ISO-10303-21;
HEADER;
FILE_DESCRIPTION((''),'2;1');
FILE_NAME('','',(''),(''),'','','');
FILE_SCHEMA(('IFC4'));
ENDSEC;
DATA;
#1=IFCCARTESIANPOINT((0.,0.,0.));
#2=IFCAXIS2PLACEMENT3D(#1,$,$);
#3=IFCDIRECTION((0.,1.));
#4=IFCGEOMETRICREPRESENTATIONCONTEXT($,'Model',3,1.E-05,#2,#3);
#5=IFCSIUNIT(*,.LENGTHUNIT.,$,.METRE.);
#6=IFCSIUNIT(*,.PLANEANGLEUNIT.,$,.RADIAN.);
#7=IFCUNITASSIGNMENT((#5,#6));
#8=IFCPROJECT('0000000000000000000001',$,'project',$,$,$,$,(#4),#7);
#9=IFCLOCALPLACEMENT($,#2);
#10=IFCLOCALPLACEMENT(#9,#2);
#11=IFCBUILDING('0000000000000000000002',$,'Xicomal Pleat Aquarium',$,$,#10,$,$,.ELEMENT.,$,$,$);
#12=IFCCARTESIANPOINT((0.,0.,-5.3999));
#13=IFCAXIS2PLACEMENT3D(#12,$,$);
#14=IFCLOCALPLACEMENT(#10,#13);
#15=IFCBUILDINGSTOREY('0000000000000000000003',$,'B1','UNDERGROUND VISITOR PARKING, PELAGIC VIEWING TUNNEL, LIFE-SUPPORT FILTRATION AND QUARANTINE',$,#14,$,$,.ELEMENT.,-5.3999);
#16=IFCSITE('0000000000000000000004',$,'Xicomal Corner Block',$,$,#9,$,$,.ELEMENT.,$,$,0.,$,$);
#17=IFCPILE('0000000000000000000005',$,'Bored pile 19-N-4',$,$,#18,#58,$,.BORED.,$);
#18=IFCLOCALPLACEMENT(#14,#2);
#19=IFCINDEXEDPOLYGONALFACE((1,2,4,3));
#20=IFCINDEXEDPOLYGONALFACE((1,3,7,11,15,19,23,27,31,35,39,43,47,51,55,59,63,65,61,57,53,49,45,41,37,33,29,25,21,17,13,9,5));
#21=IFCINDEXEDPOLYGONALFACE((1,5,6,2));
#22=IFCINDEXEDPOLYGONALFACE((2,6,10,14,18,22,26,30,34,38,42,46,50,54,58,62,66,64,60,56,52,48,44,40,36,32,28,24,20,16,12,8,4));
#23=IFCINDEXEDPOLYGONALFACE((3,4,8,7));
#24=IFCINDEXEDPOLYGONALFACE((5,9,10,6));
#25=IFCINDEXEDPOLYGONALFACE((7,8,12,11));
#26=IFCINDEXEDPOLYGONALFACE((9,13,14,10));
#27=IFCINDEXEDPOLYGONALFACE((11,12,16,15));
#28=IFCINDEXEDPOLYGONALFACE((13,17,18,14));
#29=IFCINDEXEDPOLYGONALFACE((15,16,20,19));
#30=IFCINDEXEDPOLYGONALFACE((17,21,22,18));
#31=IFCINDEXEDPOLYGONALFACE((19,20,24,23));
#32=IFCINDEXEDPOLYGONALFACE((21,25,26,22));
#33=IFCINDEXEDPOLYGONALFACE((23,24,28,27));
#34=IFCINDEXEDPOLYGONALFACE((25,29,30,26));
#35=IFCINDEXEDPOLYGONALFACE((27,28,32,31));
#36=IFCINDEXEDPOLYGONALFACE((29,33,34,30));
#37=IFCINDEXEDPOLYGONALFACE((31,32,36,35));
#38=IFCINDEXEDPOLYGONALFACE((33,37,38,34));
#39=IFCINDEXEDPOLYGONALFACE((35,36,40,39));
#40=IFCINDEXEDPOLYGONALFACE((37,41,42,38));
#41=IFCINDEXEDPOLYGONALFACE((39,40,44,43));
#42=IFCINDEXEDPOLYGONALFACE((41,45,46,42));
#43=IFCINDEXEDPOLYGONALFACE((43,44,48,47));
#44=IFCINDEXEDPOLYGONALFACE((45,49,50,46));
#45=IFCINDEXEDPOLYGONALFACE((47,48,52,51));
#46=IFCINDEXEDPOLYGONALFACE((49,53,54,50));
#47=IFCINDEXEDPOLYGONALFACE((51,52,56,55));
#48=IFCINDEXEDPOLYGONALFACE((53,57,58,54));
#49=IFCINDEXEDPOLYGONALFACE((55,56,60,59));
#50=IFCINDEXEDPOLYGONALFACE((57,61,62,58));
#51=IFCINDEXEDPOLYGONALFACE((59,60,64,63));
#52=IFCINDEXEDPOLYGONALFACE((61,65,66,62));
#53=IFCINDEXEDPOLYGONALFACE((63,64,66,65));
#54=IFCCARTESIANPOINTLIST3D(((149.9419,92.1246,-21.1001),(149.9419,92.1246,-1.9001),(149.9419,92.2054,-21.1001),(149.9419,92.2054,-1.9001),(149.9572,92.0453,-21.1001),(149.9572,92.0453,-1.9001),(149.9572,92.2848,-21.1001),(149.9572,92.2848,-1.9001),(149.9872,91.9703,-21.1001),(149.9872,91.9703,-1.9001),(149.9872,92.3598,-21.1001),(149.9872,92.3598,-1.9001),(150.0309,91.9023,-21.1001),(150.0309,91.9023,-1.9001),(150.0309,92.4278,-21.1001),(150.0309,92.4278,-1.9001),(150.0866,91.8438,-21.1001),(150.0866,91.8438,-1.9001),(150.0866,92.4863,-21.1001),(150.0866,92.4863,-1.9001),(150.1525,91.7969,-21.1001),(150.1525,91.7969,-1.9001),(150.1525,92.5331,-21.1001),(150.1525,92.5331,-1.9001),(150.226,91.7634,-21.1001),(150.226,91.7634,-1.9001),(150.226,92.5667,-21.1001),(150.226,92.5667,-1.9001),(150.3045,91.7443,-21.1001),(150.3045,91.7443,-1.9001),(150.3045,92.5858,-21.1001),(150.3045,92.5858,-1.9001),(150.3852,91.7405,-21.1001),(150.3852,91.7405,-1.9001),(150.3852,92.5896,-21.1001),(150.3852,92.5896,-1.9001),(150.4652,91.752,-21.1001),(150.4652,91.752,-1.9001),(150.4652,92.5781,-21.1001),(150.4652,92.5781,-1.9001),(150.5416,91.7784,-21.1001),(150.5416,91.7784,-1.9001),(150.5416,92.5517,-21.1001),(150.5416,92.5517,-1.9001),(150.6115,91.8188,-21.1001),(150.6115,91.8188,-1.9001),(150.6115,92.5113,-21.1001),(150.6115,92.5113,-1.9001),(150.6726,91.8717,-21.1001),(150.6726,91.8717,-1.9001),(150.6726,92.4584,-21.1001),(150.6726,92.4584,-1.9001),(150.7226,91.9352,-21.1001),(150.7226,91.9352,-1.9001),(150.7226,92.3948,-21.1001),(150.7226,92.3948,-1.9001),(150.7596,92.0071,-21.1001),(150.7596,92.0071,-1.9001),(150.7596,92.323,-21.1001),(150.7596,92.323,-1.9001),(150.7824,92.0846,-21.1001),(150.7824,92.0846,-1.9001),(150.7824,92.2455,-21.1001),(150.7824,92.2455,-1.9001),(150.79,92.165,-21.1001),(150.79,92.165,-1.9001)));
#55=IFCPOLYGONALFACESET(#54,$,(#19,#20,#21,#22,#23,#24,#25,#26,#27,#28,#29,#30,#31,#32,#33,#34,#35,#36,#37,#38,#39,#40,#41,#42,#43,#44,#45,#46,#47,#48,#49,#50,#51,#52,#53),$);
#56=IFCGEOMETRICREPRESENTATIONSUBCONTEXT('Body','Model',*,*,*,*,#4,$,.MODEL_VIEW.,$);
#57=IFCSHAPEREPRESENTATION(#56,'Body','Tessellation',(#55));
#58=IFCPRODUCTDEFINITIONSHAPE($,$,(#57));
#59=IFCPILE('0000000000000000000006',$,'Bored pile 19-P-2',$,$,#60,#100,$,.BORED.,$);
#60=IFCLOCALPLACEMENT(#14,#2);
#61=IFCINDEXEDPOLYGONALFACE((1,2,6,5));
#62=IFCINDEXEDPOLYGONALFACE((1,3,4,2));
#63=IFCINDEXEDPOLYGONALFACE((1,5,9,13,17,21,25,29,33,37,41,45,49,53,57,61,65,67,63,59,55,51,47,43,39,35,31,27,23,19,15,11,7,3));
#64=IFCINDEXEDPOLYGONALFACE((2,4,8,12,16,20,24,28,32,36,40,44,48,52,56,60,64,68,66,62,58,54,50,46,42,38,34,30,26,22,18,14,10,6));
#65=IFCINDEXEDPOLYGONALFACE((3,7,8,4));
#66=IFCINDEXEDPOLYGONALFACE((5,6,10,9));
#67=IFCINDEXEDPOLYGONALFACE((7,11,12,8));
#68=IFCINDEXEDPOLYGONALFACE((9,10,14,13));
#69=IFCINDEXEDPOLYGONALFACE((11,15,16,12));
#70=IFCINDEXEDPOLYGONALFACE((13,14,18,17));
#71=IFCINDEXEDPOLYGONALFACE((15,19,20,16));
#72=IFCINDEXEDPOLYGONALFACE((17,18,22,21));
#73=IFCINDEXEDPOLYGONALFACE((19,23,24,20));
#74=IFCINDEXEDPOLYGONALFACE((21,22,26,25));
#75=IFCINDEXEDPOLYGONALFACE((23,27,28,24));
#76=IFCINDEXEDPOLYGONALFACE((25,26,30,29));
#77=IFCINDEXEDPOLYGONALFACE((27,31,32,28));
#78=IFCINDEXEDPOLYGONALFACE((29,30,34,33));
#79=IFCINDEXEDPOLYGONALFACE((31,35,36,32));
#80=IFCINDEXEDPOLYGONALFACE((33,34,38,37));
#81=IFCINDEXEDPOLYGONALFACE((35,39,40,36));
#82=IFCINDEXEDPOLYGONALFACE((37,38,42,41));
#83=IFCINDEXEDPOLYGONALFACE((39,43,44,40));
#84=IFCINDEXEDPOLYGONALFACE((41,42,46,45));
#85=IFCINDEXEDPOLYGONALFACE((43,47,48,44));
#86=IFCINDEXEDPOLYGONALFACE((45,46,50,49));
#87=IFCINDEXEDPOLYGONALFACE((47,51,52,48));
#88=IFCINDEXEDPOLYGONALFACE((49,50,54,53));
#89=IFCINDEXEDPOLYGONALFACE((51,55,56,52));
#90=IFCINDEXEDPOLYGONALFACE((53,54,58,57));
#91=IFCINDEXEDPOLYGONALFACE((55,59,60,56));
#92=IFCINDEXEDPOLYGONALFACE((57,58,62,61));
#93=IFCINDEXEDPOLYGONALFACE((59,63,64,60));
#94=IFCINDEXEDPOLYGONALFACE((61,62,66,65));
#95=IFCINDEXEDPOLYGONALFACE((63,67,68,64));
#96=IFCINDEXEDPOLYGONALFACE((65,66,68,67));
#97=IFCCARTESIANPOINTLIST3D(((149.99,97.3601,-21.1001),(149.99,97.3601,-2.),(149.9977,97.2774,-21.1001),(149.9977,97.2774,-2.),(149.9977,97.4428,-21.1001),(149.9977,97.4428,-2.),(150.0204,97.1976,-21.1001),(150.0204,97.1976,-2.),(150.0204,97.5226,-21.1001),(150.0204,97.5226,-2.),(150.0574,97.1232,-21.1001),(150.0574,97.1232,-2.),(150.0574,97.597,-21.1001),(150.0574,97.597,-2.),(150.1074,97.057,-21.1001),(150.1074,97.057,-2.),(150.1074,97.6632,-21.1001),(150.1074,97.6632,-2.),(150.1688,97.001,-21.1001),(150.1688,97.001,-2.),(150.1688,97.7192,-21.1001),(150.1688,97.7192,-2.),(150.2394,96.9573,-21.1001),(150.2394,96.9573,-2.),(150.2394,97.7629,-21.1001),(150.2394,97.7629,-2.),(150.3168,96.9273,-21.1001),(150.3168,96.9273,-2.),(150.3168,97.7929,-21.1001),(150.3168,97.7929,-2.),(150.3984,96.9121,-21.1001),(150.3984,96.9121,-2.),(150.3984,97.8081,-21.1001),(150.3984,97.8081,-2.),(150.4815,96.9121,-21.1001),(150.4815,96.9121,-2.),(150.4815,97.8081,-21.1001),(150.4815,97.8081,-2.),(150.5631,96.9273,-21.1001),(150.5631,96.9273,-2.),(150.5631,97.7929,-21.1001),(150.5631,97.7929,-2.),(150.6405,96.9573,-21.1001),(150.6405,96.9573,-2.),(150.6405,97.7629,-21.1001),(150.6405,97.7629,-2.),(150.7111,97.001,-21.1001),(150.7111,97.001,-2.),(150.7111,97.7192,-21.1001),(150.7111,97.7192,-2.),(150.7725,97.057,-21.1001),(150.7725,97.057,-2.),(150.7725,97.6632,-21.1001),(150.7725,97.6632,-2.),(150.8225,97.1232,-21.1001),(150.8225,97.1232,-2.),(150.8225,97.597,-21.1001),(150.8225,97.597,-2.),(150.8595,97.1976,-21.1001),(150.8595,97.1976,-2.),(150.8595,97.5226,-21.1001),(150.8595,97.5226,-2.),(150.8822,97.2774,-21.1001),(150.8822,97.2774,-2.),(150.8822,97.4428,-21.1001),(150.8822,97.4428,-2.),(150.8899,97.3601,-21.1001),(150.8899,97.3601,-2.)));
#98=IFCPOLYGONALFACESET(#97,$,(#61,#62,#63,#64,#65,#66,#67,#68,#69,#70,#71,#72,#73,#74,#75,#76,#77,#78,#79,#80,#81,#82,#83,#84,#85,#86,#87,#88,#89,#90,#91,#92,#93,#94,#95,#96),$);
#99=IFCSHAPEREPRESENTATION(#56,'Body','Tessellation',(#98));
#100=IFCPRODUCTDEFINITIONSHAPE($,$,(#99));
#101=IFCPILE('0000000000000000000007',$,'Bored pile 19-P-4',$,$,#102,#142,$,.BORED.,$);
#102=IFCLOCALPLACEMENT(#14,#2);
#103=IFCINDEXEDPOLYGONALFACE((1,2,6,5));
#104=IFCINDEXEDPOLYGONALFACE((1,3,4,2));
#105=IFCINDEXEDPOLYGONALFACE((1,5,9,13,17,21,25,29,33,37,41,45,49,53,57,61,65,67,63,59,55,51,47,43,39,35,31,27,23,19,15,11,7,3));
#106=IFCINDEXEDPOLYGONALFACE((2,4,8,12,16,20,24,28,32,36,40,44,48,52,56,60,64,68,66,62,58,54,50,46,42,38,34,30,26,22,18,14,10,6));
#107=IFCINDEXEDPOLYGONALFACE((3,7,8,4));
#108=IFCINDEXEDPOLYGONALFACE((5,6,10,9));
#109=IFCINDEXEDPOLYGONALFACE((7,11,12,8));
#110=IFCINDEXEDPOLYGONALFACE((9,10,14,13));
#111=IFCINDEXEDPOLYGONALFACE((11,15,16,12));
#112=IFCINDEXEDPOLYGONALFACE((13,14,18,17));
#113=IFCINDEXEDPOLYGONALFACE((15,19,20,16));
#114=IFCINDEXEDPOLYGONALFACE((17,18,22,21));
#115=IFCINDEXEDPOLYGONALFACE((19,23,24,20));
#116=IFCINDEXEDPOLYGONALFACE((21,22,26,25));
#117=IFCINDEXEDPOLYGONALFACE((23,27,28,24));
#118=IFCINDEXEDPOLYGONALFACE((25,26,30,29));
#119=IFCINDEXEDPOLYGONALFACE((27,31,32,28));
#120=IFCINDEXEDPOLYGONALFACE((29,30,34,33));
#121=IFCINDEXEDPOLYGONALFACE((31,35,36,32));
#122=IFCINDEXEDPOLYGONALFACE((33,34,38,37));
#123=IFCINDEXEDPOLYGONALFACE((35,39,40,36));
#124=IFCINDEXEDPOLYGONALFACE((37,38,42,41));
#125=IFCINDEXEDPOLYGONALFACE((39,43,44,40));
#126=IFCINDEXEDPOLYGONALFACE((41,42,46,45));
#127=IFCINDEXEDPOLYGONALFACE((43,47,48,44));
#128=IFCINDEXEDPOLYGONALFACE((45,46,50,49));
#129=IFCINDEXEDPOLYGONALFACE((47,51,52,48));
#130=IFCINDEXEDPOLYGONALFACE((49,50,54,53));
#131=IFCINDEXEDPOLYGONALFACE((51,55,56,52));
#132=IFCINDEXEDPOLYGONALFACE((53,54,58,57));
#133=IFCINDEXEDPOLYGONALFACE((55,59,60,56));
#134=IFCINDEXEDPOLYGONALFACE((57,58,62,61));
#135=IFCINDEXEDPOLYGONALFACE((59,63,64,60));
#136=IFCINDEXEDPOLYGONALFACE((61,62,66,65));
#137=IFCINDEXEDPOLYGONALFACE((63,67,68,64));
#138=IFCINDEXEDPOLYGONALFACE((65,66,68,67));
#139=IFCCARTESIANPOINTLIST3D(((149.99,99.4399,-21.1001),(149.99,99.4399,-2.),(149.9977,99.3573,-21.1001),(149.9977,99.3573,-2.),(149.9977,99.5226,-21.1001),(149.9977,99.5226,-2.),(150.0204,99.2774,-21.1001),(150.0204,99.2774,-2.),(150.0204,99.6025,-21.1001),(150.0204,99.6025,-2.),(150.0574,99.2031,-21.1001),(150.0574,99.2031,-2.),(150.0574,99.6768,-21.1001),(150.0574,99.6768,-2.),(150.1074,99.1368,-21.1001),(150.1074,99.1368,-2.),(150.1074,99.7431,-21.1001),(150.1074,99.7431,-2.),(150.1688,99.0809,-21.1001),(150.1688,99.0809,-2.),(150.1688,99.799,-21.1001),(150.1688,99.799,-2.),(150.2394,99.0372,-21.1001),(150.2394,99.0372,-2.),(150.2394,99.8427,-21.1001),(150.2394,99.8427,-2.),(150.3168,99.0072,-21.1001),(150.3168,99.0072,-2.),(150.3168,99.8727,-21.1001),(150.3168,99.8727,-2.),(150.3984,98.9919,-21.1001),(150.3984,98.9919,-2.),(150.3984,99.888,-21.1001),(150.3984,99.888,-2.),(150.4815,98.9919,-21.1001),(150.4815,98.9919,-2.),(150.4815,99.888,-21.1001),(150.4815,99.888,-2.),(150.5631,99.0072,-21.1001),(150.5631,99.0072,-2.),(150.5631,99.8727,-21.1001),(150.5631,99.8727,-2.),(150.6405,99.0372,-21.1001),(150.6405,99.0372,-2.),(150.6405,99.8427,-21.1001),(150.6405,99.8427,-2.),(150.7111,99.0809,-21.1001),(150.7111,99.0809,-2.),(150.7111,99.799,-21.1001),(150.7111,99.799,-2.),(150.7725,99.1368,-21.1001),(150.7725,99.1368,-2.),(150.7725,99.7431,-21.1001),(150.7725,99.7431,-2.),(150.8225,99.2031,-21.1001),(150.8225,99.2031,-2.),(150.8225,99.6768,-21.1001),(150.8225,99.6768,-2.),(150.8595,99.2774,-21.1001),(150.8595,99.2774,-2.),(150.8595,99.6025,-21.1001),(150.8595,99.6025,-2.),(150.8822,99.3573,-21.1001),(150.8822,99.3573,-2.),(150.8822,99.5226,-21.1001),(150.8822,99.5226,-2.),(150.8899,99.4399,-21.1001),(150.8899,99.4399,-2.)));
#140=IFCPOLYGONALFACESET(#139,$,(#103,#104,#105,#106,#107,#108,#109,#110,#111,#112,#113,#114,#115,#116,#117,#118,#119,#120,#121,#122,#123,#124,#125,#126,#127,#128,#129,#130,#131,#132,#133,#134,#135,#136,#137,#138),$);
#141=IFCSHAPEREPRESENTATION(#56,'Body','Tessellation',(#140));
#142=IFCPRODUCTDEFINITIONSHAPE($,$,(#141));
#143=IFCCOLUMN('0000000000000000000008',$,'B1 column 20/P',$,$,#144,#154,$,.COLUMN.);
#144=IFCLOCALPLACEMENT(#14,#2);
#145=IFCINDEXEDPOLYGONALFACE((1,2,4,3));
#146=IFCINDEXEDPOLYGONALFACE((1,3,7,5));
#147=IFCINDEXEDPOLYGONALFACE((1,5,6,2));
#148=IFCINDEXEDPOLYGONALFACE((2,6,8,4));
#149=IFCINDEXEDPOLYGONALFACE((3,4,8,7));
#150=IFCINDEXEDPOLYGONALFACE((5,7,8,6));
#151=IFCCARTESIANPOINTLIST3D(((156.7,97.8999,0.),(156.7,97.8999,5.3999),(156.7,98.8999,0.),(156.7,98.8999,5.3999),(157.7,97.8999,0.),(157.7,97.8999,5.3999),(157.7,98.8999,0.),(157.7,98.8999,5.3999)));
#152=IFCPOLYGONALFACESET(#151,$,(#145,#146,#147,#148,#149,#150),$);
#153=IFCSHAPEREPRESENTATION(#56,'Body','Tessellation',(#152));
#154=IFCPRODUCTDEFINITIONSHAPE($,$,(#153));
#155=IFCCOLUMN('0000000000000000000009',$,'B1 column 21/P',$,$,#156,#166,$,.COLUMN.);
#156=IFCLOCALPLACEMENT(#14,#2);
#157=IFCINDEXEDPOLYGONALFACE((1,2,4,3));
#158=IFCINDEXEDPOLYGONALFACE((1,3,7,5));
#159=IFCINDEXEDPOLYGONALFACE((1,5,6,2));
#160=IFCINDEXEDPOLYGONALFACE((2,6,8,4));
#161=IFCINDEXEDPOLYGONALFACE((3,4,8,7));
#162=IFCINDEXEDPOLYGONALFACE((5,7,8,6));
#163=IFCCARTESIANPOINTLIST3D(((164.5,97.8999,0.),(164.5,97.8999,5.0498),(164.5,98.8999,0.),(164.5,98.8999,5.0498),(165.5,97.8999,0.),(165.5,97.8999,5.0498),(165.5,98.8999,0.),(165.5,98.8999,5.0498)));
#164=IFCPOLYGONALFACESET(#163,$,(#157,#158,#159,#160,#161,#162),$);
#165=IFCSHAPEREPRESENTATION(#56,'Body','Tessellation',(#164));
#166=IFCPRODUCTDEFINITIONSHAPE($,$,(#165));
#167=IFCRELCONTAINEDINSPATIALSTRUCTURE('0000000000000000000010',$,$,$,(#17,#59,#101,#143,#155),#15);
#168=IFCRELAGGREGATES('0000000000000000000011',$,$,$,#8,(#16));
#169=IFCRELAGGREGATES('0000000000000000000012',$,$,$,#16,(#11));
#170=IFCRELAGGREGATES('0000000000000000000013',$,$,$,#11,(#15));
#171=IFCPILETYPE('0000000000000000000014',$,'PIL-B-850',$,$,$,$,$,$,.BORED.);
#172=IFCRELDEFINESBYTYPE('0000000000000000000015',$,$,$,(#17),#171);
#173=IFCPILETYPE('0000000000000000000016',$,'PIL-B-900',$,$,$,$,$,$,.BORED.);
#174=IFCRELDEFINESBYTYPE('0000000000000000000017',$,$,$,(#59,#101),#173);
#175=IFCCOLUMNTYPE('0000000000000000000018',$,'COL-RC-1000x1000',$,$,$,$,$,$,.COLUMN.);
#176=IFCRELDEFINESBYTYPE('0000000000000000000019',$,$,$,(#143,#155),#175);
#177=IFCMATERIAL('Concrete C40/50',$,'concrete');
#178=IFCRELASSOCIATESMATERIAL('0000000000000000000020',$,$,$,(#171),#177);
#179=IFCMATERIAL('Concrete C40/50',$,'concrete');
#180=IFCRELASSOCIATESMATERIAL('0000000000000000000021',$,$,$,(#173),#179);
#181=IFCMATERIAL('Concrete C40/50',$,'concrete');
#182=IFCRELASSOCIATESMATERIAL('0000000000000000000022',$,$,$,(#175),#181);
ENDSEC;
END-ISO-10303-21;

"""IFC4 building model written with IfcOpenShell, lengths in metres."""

from ifc_helpers import new_model, si_unit, direction, frame, origin, origin_2d, place, context, subcontext, project, spatial, rectangle, circle, extrude, material, material_profile, profile_set, type_object, element, save


model = new_model("IFC4")

# Units and contexts
model_context = context("Model", 3, precision=1e-05, world=origin(), true_north=direction((0.0, 1.0)))
body_context = subcontext(model_context, "Body", "Model", "MODEL_VIEW")
ifc_project = project(units=[si_unit("LENGTHUNIT", "METRE"), si_unit("PLANEANGLEUNIT", "RADIAN")], contexts=[model_context])

# Site, building, storey
site_placement = place(None, origin())
site = spatial("IfcSite", under=ifc_project, at=site_placement, Name="Xicomal Corner Block", CompositionType="ELEMENT", RefElevation=0.0)
building_placement = place(site_placement, origin())
building = spatial("IfcBuilding", under=site, at=building_placement, Name="Xicomal Pleat Aquarium", CompositionType="ELEMENT")
storey_placement = place(building_placement, frame((0.0, 0.0, -5.3999)))
storey = spatial("IfcBuildingStorey", under=building, at=storey_placement, Name="B1", Description="UNDERGROUND VISITOR PARKING, PELAGIC VIEWING TUNNEL, LIFE-SUPPORT FILTRATION AND QUARANTINE", CompositionType="ELEMENT", Elevation=-5.3999)

# Piles
ifc_material_1 = material(Name="Concrete C40/50", Category="concrete")
ifc_material_profile_1 = material_profile(ifc_material_1, circle(Radius=0.425, at=origin_2d()), Name="BORED PILE D850")
ifc_profile_set_1 = profile_set([ifc_material_profile_1], Name="Concrete C40/50")
pile_type_1 = type_object("IfcPileType", Name="PIL-B-850", PredefinedType="BORED", material=ifc_profile_set_1)
pile_placement = place(storey_placement, frame((150.365, 92.165, -1.9001), z_axis=(0.0, 0.0, -1.0), x_axis=(1.0, 0.0, 0.0)))
element("IfcPile", 1, at=pile_placement, inside=storey, type_object=pile_type_1, Name="Bored pile 19-N-4", PredefinedType="BORED", context=body_context, shape_type="SweptSolid", body=[
    extrude(circle(Radius=0.425, at=origin_2d()), origin(), (0.0, 0.0, 1.0), 19.2),
])
ifc_material_2 = material(Name="Concrete C40/50", Category="concrete")
ifc_material_profile_2 = material_profile(ifc_material_2, circle(Radius=0.45, at=origin_2d()), Name="BORED PILE D900")
ifc_profile_set_2 = profile_set([ifc_material_profile_2], Name="Concrete C40/50")
pile_type_2 = type_object("IfcPileType", Name="PIL-B-900", PredefinedType="BORED", material=ifc_profile_set_2)
for number, where, z_axis, x_axis, name in (
    (2, (150.4399, 97.3601, -2.0), (0.0, 0.0, -1.0), (1.0, 0.0, 0.0), "Bored pile 19-P-2"),
    (3, (150.4399, 99.4399, -2.0), (0.0, 0.0, -1.0), (1.0, 0.0, 0.0), "Bored pile 19-P-4"),
):
    element("IfcPile", number, at=place(storey_placement, frame(where, z_axis=z_axis, x_axis=x_axis)), inside=storey, type_object=pile_type_2, Name=name, PredefinedType="BORED", context=body_context, shape_type="SweptSolid", body=[
        extrude(circle(Radius=0.45, at=origin_2d()), origin(), (0.0, 0.0, 1.0), 19.1001),
    ])

# Columns
ifc_material_3 = material(Name="Concrete C40/50", Category="concrete")
ifc_material_profile_3 = material_profile(ifc_material_3, rectangle(XDim=1.0, YDim=1.0, at=origin_2d()), Name="RC 1000x1000")
ifc_profile_set_3 = profile_set([ifc_material_profile_3], Name="Concrete C40/50")
column_type_1 = type_object("IfcColumnType", Name="COL-RC-1000x1000", PredefinedType="COLUMN", material=ifc_profile_set_3)
column_1_placement = place(storey_placement, frame((157.2, 98.3999, 0.0), z_axis=(0.0, 0.0, 1.0), x_axis=(1.0, 0.0, 0.0)))
element("IfcColumn", 4, at=column_1_placement, inside=storey, type_object=column_type_1, Name="B1 column 20/P", PredefinedType="COLUMN", context=body_context, shape_type="SweptSolid", body=[
    extrude(rectangle(XDim=1.0, YDim=1.0, at=origin_2d()), origin(), (0.0, 0.0, 1.0), 5.3999),
])
column_2_placement = place(storey_placement, frame((165.0, 98.3999, 0.0), z_axis=(0.0, 0.0, 1.0), x_axis=(1.0, 0.0, 0.0)))
element("IfcColumn", 5, at=column_2_placement, inside=storey, type_object=column_type_1, Name="B1 column 21/P", PredefinedType="COLUMN", context=body_context, shape_type="SweptSolid", body=[
    extrude(rectangle(XDim=1.0, YDim=1.0, at=origin_2d()), origin(), (0.0, 0.0, 1.0), 5.0498),
])

save(model, "model.ifc")
